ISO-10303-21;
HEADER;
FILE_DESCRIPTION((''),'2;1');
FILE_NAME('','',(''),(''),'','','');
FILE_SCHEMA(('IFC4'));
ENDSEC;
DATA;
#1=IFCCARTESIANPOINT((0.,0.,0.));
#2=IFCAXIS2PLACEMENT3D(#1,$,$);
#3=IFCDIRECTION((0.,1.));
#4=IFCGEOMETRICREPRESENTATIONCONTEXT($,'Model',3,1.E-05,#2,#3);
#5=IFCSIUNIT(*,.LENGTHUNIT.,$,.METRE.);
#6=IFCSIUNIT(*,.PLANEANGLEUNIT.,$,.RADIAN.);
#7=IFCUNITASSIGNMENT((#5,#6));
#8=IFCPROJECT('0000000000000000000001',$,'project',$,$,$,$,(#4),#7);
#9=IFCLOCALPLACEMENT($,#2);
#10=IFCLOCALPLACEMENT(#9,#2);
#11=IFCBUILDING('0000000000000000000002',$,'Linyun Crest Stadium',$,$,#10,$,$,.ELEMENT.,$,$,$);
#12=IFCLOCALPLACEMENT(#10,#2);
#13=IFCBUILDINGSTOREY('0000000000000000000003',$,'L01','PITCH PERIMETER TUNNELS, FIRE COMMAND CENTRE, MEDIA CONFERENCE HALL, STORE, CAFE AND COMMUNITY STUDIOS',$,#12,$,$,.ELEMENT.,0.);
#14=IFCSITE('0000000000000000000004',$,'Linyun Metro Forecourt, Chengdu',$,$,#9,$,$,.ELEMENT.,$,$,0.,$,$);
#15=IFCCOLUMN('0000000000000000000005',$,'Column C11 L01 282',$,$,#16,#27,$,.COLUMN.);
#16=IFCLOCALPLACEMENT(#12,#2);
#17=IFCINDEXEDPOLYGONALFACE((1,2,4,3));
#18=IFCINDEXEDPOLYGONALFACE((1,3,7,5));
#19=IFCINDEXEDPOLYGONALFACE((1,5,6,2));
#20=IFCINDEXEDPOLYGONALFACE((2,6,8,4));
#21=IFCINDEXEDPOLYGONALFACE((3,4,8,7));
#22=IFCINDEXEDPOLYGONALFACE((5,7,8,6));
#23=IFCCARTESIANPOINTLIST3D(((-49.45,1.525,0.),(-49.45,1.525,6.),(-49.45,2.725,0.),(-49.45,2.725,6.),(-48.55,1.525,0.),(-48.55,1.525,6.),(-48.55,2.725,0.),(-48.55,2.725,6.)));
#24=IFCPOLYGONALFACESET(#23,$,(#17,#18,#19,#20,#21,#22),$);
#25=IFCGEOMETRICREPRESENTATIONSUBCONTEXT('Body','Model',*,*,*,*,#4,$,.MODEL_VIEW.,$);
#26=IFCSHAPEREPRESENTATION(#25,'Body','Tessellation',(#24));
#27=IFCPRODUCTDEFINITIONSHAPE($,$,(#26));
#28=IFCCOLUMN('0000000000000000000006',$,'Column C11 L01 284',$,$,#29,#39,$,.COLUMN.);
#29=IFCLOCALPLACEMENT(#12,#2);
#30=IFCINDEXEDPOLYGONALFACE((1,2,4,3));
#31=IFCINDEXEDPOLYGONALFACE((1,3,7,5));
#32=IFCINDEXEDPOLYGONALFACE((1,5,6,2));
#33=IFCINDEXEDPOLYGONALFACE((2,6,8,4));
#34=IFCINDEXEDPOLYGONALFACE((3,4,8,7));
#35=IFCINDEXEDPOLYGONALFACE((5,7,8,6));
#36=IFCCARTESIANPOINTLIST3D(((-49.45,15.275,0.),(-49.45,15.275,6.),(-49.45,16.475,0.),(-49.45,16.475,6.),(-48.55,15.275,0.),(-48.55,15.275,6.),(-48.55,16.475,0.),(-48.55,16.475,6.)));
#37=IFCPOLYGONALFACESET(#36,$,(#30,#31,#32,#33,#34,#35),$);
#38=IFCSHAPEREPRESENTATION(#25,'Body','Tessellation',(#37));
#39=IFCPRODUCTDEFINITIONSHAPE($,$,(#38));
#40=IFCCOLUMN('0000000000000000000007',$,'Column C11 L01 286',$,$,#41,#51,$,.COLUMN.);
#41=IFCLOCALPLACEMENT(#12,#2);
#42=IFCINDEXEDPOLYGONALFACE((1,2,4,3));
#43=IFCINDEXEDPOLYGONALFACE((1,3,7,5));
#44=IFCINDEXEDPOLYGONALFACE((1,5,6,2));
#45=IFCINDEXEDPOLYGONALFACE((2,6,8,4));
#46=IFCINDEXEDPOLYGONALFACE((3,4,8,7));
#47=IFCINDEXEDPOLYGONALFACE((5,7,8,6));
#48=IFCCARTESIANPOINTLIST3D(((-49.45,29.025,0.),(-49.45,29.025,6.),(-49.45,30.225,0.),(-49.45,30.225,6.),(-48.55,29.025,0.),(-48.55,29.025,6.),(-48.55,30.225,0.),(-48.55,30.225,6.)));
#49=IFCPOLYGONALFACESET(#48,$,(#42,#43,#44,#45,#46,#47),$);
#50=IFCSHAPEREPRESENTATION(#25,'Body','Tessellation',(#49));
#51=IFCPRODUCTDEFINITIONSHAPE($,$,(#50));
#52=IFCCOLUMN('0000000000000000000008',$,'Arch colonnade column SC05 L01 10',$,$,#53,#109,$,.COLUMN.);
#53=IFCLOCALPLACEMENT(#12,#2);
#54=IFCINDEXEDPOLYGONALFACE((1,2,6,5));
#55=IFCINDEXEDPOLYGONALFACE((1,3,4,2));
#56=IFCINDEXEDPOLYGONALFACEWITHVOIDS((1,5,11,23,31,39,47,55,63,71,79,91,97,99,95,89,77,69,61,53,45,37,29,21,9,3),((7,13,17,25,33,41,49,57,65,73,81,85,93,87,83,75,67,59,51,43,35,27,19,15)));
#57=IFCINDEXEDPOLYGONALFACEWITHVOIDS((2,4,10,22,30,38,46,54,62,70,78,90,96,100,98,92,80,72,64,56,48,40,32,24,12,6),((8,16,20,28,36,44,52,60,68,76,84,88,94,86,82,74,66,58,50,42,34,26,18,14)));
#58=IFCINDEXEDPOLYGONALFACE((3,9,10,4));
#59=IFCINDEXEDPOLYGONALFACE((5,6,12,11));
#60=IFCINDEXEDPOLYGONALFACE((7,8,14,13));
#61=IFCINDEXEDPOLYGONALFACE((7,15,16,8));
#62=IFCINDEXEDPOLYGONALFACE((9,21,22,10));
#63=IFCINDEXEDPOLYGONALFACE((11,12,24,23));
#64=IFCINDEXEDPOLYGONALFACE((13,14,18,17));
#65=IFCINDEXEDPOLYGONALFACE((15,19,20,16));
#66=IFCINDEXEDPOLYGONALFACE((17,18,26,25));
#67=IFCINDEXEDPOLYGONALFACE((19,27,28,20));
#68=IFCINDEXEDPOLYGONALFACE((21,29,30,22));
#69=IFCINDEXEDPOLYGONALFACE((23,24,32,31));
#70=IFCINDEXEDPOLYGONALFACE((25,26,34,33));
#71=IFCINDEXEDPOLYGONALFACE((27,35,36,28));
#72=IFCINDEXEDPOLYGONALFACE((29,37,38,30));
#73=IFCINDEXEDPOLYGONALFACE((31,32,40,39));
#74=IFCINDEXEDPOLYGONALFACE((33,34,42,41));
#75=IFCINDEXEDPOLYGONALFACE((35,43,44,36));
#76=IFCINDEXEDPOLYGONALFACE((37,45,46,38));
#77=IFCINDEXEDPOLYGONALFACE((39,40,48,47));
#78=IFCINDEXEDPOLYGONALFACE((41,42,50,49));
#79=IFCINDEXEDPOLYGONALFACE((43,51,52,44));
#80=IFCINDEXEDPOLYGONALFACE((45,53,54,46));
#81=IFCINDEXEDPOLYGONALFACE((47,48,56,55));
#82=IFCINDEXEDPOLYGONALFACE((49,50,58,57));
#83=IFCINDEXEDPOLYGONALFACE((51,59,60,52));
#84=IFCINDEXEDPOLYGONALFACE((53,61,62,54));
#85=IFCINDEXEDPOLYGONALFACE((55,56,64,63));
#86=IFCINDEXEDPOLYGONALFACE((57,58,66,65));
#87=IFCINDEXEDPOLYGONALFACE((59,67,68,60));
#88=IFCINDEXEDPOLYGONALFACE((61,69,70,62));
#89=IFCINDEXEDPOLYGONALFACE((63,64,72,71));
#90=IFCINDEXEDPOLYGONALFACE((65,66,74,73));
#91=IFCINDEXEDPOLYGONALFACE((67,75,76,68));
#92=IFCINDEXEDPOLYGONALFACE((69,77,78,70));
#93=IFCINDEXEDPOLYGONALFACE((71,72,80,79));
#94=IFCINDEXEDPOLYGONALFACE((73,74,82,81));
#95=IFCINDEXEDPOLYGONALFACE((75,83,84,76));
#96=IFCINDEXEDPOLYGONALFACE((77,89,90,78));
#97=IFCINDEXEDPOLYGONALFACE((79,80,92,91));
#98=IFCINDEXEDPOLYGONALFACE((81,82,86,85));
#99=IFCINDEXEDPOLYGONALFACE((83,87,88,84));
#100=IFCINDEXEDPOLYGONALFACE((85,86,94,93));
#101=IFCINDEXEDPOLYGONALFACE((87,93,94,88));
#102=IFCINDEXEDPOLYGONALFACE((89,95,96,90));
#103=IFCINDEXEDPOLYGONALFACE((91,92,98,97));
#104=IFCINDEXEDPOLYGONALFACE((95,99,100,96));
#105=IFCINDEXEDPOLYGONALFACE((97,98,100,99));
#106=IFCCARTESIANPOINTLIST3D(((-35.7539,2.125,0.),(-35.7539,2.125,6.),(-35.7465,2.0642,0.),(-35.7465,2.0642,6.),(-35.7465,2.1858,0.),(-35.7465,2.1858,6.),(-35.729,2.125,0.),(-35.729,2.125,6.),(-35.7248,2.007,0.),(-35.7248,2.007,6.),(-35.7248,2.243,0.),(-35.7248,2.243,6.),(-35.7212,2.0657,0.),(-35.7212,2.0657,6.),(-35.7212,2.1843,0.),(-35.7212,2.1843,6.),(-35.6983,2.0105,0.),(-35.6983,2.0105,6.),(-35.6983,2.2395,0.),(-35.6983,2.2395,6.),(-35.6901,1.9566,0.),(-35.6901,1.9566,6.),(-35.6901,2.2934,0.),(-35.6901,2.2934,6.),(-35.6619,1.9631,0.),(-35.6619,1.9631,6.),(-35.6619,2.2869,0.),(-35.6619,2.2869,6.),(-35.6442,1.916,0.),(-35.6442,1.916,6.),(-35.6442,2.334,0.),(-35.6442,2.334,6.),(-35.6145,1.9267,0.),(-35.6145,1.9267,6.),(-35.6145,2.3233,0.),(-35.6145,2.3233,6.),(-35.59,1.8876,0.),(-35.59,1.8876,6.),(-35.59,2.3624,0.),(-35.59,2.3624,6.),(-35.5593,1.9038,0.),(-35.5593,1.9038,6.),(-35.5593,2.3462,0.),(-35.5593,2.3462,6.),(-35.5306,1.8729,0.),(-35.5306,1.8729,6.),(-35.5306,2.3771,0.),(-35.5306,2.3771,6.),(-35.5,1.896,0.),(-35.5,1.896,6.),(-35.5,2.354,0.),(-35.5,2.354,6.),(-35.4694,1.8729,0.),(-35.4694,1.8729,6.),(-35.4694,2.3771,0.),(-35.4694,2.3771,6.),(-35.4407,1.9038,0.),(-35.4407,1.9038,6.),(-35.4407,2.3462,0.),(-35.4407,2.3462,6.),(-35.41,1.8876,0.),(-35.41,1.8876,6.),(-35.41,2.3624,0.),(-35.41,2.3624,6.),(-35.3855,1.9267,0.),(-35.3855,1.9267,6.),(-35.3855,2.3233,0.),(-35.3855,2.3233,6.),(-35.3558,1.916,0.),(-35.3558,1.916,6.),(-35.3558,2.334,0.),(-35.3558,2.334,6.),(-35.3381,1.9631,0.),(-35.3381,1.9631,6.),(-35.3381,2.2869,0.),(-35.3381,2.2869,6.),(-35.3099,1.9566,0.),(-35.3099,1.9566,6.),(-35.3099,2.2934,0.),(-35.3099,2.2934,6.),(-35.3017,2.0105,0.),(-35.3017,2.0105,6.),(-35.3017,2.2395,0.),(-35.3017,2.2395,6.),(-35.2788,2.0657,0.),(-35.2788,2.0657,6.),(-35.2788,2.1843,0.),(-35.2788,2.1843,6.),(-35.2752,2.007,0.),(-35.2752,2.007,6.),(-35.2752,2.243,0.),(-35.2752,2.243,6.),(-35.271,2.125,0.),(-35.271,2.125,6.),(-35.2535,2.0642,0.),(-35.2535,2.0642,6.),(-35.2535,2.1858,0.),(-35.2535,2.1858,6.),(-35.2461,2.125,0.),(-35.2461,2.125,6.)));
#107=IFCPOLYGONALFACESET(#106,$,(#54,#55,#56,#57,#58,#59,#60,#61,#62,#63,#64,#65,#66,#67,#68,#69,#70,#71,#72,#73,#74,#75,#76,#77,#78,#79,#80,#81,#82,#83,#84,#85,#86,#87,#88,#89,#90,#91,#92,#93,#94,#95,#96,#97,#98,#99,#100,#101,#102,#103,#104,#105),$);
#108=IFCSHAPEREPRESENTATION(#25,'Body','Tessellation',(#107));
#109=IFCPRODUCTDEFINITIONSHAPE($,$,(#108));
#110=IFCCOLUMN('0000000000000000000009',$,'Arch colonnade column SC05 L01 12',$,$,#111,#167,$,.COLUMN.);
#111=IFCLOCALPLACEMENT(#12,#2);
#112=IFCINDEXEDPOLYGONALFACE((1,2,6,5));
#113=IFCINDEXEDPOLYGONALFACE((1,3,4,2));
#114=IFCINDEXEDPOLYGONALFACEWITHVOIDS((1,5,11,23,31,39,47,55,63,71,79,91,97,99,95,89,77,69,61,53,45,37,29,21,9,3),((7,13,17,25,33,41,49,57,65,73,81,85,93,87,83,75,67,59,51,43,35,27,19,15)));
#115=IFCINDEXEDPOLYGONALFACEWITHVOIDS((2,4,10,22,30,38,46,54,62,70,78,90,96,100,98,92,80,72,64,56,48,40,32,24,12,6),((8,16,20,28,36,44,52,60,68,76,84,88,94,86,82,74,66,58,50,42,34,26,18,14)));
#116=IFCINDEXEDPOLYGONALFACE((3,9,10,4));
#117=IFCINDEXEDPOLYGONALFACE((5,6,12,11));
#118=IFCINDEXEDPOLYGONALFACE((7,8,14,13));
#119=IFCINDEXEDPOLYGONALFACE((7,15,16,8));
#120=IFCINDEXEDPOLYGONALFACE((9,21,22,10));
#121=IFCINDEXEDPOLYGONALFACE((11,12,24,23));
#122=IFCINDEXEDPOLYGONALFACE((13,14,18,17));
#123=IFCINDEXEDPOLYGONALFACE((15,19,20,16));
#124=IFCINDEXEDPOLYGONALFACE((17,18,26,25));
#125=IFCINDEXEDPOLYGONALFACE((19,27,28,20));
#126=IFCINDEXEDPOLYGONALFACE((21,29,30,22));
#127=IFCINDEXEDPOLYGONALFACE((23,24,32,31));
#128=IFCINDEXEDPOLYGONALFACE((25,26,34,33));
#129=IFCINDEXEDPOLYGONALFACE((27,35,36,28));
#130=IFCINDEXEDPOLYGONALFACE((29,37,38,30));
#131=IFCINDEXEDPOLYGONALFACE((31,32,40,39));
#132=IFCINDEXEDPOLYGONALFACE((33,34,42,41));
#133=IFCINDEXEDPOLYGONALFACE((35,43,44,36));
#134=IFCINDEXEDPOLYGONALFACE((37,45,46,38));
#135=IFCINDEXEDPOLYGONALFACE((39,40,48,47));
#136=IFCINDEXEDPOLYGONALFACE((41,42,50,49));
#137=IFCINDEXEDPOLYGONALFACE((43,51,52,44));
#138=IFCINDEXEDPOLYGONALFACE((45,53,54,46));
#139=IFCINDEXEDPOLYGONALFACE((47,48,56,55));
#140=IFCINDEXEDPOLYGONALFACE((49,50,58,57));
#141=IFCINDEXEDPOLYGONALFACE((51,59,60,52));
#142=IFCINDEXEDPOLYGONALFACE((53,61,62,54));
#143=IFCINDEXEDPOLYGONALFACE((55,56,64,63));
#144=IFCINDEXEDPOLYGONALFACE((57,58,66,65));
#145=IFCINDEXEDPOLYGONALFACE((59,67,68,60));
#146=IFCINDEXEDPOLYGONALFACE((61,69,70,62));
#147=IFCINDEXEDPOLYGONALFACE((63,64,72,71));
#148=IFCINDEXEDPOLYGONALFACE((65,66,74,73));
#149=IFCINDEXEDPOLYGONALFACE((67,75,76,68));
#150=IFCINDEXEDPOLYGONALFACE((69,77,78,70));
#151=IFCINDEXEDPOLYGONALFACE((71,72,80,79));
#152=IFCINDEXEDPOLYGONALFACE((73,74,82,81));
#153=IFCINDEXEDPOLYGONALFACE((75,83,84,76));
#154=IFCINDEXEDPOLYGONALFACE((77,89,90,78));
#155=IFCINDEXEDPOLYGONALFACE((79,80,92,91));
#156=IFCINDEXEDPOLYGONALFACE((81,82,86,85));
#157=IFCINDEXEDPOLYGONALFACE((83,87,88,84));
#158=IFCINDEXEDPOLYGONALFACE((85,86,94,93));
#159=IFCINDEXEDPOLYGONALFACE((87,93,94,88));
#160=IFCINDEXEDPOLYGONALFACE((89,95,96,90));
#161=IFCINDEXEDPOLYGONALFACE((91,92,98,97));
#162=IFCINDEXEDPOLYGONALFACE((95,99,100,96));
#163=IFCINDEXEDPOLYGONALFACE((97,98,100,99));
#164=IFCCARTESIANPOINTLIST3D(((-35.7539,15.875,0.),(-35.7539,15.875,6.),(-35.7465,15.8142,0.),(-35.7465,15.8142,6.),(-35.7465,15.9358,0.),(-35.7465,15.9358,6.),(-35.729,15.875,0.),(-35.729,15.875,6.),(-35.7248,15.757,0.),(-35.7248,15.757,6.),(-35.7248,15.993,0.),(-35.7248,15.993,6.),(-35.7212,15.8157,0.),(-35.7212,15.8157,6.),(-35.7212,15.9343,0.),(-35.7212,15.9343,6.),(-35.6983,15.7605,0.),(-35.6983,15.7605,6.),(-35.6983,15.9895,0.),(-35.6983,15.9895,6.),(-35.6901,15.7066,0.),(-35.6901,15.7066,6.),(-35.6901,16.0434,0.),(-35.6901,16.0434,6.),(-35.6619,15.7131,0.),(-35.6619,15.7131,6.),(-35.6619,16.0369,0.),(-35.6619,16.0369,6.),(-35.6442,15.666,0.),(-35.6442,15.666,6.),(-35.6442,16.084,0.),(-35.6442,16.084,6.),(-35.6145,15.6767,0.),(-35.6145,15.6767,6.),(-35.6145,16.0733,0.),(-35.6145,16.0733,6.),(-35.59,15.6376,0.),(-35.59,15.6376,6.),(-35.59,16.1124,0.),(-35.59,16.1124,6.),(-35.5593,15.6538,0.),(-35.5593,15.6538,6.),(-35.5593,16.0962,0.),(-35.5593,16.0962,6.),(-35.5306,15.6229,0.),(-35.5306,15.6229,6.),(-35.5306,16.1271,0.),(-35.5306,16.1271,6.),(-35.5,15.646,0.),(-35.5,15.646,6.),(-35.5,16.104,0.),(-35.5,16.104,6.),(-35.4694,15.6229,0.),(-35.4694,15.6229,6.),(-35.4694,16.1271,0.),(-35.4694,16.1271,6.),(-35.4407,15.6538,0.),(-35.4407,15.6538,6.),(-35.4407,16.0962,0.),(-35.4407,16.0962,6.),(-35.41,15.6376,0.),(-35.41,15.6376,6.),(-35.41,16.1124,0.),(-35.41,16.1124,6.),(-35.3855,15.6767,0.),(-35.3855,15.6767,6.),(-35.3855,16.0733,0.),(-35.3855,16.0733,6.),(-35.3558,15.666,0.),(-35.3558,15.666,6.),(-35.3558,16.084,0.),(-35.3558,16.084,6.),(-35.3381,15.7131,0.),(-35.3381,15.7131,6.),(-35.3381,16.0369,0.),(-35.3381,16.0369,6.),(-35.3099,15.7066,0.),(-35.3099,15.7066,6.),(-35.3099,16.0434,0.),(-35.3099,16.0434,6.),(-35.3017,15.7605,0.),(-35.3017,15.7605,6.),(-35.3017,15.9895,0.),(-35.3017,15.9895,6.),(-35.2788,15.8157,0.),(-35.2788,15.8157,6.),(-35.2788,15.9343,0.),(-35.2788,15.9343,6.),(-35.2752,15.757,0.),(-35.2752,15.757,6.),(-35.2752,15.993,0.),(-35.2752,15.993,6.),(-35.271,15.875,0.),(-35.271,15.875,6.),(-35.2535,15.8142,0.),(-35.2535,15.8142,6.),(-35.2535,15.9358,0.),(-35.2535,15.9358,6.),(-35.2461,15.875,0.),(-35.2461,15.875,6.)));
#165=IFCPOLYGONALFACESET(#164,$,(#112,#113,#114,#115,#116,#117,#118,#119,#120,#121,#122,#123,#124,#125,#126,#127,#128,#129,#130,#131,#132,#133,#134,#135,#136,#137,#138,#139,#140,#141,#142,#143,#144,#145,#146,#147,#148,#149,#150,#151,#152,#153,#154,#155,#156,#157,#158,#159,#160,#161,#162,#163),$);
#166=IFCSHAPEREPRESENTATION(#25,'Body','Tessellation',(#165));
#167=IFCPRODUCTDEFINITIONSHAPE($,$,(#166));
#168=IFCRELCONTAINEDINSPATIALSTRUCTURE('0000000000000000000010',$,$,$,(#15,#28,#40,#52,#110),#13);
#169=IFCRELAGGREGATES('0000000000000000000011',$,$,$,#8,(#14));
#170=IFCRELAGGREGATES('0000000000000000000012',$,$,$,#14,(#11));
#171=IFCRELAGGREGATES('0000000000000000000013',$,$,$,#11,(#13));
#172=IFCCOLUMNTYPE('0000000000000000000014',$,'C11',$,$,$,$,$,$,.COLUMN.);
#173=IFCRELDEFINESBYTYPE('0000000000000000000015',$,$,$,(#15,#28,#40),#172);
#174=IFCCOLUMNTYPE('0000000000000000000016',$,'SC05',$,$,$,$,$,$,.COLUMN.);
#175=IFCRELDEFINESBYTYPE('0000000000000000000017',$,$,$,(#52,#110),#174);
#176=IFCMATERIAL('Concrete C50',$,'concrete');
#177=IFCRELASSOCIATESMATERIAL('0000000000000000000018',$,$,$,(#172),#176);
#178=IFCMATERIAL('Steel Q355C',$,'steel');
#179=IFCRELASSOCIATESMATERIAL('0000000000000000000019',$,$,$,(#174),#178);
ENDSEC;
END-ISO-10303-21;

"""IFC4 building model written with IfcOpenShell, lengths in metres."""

from ifc_helpers import new_model, si_unit, direction, frame, origin, origin_2d, place, context, subcontext, project, spatial, rectangle, hollow_circle, extrude, material, material_profile, profile_set, type_object, element, save


model = new_model("IFC4")

# Units and contexts
model_context = context("Model", 3, precision=1e-05, world=origin(), true_north=direction((0.0, 1.0)))
body_context = subcontext(model_context, "Body", "Model", "MODEL_VIEW")
ifc_project = project(units=[si_unit("LENGTHUNIT", "METRE"), si_unit("PLANEANGLEUNIT", "RADIAN")], contexts=[model_context])

# Site, building, storey
site_placement = place(None, origin())
site = spatial("IfcSite", under=ifc_project, at=site_placement, Name="Linyun Metro Forecourt, Chengdu", CompositionType="ELEMENT", RefElevation=0.0)
building_placement = place(site_placement, origin())
building = spatial("IfcBuilding", under=site, at=building_placement, Name="Linyun Crest Stadium", CompositionType="ELEMENT")
storey_placement = place(building_placement, origin())
storey = spatial("IfcBuildingStorey", under=building, at=storey_placement, Name="L01", Description="PITCH PERIMETER TUNNELS, FIRE COMMAND CENTRE, MEDIA CONFERENCE HALL, STORE, CAFE AND COMMUNITY STUDIOS", CompositionType="ELEMENT", Elevation=0.0)

# Columns
ifc_material_1 = material(Name="Concrete C50", Category="concrete")
ifc_material_profile_1 = material_profile(ifc_material_1, rectangle(XDim=0.8999, YDim=1.2, at=origin_2d()), Name="RC 1200x900")
ifc_profile_set_1 = profile_set([ifc_material_profile_1], Name="Concrete C50")
column_type_1 = type_object("IfcColumnType", Name="C11", PredefinedType="COLUMN", material=ifc_profile_set_1)
for number, where, z_axis, x_axis, name in (
    (1, (-49.0, 2.125, 0.0), (0.0, 0.0, 1.0), (1.0, 0.0, 0.0), "Column C11 L01 282"),
    (2, (-49.0, 15.875, 0.0), (0.0, 0.0, 1.0), (1.0, 0.0, 0.0), "Column C11 L01 284"),
    (3, (-49.0, 29.625, 0.0), (0.0, 0.0, 1.0), (1.0, 0.0, 0.0), "Column C11 L01 286"),
):
    element("IfcColumn", number, at=place(storey_placement, frame(where, z_axis=z_axis, x_axis=x_axis)), inside=storey, type_object=column_type_1, Name=name, PredefinedType="COLUMN", context=body_context, shape_type="SweptSolid", body=[
        extrude(rectangle(XDim=0.8999, YDim=1.2, at=origin_2d()), origin(), (0.0, 0.0, 1.0), 6.0),
    ])
ifc_material_2 = material(Name="Steel Q355C", Category="steel")
ifc_material_profile_2 = material_profile(ifc_material_2, hollow_circle(Radius=0.2539, WallThickness=0.0249, at=origin_2d()), Name="CHS 508x25")
ifc_profile_set_2 = profile_set([ifc_material_profile_2], Name="Steel Q355C")
column_type_2 = type_object("IfcColumnType", Name="SC05", PredefinedType="COLUMN", material=ifc_profile_set_2)
for number, where, z_axis, x_axis, name in (
    (4, (-35.5, 2.125, 0.0), (0.0, 0.0, 1.0), (1.0, 0.0, 0.0), "Arch colonnade column SC05 L01 10"),
    (5, (-35.5, 15.875, 0.0), (0.0, 0.0, 1.0), (1.0, 0.0, 0.0), "Arch colonnade column SC05 L01 12"),
):
    element("IfcColumn", number, at=place(storey_placement, frame(where, z_axis=z_axis, x_axis=x_axis)), inside=storey, type_object=column_type_2, Name=name, PredefinedType="COLUMN", context=body_context, shape_type="SweptSolid", body=[
        extrude(hollow_circle(Radius=0.2539, WallThickness=0.0249, at=origin_2d()), origin(), (0.0, 0.0, 1.0), 6.0),
    ])

save(model, "model.ifc")
